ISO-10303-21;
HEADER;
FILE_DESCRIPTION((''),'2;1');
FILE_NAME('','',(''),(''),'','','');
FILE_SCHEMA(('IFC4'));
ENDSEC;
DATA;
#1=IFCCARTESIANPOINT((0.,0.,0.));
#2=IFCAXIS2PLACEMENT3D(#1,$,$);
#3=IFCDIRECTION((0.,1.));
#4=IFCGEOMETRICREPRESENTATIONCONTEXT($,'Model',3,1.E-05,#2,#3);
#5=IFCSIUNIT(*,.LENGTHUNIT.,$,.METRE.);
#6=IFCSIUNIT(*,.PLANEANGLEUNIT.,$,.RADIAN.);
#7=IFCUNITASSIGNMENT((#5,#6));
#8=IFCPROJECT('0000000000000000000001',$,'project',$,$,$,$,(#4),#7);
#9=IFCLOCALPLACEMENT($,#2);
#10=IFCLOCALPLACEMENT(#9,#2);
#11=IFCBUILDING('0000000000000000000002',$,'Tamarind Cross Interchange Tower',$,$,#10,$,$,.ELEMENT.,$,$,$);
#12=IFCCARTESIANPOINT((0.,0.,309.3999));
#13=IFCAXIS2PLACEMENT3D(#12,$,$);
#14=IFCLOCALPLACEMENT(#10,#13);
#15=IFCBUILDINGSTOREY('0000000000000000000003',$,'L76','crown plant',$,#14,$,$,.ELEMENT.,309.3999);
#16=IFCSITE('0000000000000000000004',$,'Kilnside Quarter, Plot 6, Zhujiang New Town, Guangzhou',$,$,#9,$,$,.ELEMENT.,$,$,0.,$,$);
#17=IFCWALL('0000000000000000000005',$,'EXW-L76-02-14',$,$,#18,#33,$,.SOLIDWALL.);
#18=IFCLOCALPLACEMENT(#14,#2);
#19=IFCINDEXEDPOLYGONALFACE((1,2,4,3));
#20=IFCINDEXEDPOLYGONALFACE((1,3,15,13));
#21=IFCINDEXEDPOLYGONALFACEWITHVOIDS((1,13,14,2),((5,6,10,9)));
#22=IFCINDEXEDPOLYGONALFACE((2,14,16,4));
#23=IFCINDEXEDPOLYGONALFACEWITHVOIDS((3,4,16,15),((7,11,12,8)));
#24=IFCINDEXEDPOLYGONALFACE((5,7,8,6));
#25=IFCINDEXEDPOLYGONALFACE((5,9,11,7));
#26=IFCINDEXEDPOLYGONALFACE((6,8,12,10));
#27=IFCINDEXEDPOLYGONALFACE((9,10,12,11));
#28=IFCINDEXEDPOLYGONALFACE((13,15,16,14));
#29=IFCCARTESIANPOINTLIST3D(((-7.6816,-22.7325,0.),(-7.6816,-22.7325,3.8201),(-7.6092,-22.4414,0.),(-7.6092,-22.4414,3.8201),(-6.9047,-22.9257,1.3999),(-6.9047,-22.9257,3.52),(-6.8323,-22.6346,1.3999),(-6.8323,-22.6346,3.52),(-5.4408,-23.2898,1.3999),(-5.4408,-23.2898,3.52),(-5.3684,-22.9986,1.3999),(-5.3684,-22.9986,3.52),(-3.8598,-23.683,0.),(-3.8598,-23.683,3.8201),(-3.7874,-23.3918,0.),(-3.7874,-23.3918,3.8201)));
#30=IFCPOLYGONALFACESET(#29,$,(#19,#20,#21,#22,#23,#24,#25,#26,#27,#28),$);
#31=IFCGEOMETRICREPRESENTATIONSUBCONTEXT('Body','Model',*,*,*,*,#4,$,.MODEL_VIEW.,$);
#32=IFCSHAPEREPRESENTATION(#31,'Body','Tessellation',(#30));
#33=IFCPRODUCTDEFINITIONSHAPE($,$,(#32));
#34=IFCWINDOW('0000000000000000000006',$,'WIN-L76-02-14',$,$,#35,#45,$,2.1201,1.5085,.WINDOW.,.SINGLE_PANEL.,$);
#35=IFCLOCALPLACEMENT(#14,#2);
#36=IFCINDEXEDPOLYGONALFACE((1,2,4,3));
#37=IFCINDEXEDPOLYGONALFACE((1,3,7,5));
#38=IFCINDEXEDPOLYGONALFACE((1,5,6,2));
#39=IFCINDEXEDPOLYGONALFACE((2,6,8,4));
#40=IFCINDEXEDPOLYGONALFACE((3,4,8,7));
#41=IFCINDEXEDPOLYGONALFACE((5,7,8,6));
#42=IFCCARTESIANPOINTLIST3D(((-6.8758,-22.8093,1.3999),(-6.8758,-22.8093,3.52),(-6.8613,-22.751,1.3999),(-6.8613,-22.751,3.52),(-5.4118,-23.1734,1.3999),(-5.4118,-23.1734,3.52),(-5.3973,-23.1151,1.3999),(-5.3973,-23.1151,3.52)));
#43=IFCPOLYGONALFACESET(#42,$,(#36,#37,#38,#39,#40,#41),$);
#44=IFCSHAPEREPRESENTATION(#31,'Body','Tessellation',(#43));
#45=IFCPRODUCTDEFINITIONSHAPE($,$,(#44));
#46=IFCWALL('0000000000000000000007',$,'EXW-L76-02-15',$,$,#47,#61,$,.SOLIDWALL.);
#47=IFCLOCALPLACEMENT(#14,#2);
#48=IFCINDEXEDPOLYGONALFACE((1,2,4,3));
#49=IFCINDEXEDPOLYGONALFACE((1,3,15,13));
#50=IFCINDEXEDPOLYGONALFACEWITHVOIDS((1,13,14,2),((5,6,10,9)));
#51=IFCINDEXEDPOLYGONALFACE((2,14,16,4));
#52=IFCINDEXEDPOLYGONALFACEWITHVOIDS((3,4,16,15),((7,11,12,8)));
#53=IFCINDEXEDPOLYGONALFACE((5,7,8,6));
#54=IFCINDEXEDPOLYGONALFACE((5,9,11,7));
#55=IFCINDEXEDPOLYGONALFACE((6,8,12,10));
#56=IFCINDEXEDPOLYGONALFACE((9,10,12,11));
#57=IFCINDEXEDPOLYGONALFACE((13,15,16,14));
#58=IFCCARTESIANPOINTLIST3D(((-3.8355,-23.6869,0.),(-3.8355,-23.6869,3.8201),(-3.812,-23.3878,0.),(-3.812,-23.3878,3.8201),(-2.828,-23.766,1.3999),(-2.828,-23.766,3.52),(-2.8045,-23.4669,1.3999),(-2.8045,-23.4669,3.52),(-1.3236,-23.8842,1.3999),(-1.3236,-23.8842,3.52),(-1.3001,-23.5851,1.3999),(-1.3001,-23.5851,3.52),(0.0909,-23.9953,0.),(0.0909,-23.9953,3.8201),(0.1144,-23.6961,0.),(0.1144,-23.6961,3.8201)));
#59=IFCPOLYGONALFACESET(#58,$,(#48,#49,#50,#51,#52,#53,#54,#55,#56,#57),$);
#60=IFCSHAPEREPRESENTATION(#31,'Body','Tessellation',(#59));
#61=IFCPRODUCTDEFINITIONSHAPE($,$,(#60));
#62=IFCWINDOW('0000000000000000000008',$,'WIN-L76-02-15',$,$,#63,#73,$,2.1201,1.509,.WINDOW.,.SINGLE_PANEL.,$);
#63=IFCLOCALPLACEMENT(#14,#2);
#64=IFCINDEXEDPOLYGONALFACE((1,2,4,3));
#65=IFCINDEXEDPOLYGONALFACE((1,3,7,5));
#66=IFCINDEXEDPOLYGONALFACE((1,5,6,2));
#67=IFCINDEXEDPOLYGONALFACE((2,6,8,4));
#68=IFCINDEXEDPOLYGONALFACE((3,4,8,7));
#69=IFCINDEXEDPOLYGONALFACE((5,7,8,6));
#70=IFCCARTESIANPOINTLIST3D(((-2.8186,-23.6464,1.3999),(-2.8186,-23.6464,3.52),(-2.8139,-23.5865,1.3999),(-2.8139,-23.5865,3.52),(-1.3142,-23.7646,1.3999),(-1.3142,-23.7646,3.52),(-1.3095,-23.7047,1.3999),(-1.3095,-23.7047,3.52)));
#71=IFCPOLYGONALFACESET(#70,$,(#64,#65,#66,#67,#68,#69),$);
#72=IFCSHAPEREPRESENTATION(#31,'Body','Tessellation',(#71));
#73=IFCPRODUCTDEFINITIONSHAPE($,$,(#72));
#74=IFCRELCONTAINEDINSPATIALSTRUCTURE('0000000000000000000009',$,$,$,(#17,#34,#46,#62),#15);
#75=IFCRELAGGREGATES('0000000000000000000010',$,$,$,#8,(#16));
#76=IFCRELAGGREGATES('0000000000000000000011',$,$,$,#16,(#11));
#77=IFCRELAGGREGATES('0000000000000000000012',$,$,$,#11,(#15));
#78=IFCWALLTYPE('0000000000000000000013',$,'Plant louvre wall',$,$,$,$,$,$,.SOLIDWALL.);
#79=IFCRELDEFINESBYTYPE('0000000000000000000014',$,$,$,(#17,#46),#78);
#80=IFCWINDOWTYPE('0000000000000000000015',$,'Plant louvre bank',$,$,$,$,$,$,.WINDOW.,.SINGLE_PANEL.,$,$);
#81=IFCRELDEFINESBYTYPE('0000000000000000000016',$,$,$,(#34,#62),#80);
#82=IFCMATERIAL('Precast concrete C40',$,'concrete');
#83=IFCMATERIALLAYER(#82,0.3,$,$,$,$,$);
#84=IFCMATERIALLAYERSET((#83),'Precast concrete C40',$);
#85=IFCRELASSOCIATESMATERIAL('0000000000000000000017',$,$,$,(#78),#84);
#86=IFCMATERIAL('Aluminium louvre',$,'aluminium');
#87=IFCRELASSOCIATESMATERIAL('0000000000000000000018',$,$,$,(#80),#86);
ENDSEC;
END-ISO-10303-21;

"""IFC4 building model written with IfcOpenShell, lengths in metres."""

from ifc_helpers import new_model, si_unit, direction, frame, frame_2d, origin, place, context, subcontext, project, spatial, rectangle, extrude, material, layer, layer_set, type_object, element, fill, save


model = new_model("IFC4")

# Units and contexts
model_context = context("Model", 3, precision=1e-05, world=origin(), true_north=direction((0.0, 1.0)))
body_context = subcontext(model_context, "Body", "Model", "MODEL_VIEW")
ifc_project = project(units=[si_unit("LENGTHUNIT", "METRE"), si_unit("PLANEANGLEUNIT", "RADIAN")], contexts=[model_context])

# Site, building, storey
site_placement = place(None, origin())
site = spatial("IfcSite", under=ifc_project, at=site_placement, Name="Kilnside Quarter, Plot 6, Zhujiang New Town, Guangzhou", CompositionType="ELEMENT", RefElevation=0.0)
building_placement = place(site_placement, origin())
building = spatial("IfcBuilding", under=site, at=building_placement, Name="Tamarind Cross Interchange Tower", CompositionType="ELEMENT")
storey_placement = place(building_placement, frame((0.0, 0.0, 309.3999)))
storey = spatial("IfcBuildingStorey", under=building, at=storey_placement, Name="L76", Description="crown plant", CompositionType="ELEMENT", Elevation=309.3999)

# Walls, openings, windows
ifc_material_1 = material(Name="Precast concrete C40", Category="concrete")
ifc_layer_1 = layer(ifc_material_1, 0.3)
ifc_layer_set_1 = layer_set([ifc_layer_1], Name="Precast concrete C40")
wall_type_1 = type_object("IfcWallType", Name="Plant louvre wall", PredefinedType="SOLIDWALL", material=ifc_layer_set_1)
ifc_material_2 = material(Name="Aluminium louvre", Category="aluminium")
window_type = type_object("IfcWindowType", Name="Plant louvre bank", PartitioningType="SINGLE_PANEL", PredefinedType="WINDOW", material=ifc_material_2)
wall_1_placement = place(storey_placement, frame((-7.6455, -22.5869, 0.0), z_axis=(0.0, 0.0, 1.0), x_axis=(0.970441, -0.241339, 0.0)))
wall_1 = element("IfcWall", 1, at=wall_1_placement, inside=storey, type_object=wall_type_1, Name="EXW-L76-02-14", PredefinedType="SOLIDWALL", context=body_context, shape_type="SweptSolid", body=[
    extrude(rectangle(XDim=3.9382, YDim=0.3, at=frame_2d((1.9692, 0.0))), origin(), (0.0, 0.0, 1.0), 3.8201),
])
opening_1_placement = place(wall_1_placement, frame((0.8005, 0.0, 1.3999)))
opening_1 = element("IfcOpeningElement", 2, at=opening_1_placement, cuts=wall_1, PredefinedType="OPENING", context=body_context, shape_type="SweptSolid", body=[
    extrude(rectangle(XDim=1.5085, YDim=2.1201, at=frame_2d((0.7544, 1.0601))), frame((0.0, 0.1599, 0.0), z_axis=(0.0, -1.0, 0.0), x_axis=(1.0, 0.0, 0.0)), (0.0, 0.0, 1.0), 0.3201),
])
window_1_placement = place(opening_1_placement, origin())
window_1 = element("IfcWindow", 3, at=window_1_placement, inside=storey, type_object=window_type, Name="WIN-L76-02-14", OverallHeight=2.1201, OverallWidth=1.5085, PartitioningType="SINGLE_PANEL", PredefinedType="WINDOW", context=body_context, shape_type="SweptSolid", body=[
    extrude(rectangle(XDim=1.5085, YDim=2.1201, at=frame_2d((0.7544, 1.0601))), frame((0.0, 0.03, 0.0), z_axis=(0.0, -1.0, 0.0), x_axis=(1.0, 0.0, 0.0)), (0.0, 0.0, 1.0), 0.0601),
])
fill(opening_1, window_1)
wall_2_placement = place(storey_placement, frame((-3.8237, -23.5374, 0.0), z_axis=(0.0, 0.0, 1.0), x_axis=(0.99693, -0.078294, 0.0)))
wall_2 = element("IfcWall", 4, at=wall_2_placement, inside=storey, type_object=wall_type_1, Name="EXW-L76-02-15", PredefinedType="SOLIDWALL", context=body_context, shape_type="SweptSolid", body=[
    extrude(rectangle(XDim=3.9385, YDim=0.3, at=frame_2d((1.9692, 0.0))), origin(), (0.0, 0.0, 1.0), 3.8201),
])
opening_2_placement = place(wall_2_placement, frame((1.0107, 0.0, 1.3999)))
opening_2 = element("IfcOpeningElement", 5, at=opening_2_placement, cuts=wall_2, PredefinedType="OPENING", context=body_context, shape_type="SweptSolid", body=[
    extrude(rectangle(XDim=1.509, YDim=2.1201, at=frame_2d((0.7544, 1.0601))), frame((0.0, 0.1599, 0.0), z_axis=(0.0, -1.0, 0.0), x_axis=(1.0, 0.0, 0.0)), (0.0, 0.0, 1.0), 0.3201),
])
window_2_placement = place(opening_2_placement, origin())
window_2 = element("IfcWindow", 6, at=window_2_placement, inside=storey, type_object=window_type, Name="WIN-L76-02-15", OverallHeight=2.1201, OverallWidth=1.509, PartitioningType="SINGLE_PANEL", PredefinedType="WINDOW", context=body_context, shape_type="SweptSolid", body=[
    extrude(rectangle(XDim=1.509, YDim=2.1201, at=frame_2d((0.7544, 1.0601))), frame((0.0, 0.03, 0.0), z_axis=(0.0, -1.0, 0.0), x_axis=(1.0, 0.0, 0.0)), (0.0, 0.0, 1.0), 0.0601),
])
fill(opening_2, window_2)

save(model, "model.ifc")
